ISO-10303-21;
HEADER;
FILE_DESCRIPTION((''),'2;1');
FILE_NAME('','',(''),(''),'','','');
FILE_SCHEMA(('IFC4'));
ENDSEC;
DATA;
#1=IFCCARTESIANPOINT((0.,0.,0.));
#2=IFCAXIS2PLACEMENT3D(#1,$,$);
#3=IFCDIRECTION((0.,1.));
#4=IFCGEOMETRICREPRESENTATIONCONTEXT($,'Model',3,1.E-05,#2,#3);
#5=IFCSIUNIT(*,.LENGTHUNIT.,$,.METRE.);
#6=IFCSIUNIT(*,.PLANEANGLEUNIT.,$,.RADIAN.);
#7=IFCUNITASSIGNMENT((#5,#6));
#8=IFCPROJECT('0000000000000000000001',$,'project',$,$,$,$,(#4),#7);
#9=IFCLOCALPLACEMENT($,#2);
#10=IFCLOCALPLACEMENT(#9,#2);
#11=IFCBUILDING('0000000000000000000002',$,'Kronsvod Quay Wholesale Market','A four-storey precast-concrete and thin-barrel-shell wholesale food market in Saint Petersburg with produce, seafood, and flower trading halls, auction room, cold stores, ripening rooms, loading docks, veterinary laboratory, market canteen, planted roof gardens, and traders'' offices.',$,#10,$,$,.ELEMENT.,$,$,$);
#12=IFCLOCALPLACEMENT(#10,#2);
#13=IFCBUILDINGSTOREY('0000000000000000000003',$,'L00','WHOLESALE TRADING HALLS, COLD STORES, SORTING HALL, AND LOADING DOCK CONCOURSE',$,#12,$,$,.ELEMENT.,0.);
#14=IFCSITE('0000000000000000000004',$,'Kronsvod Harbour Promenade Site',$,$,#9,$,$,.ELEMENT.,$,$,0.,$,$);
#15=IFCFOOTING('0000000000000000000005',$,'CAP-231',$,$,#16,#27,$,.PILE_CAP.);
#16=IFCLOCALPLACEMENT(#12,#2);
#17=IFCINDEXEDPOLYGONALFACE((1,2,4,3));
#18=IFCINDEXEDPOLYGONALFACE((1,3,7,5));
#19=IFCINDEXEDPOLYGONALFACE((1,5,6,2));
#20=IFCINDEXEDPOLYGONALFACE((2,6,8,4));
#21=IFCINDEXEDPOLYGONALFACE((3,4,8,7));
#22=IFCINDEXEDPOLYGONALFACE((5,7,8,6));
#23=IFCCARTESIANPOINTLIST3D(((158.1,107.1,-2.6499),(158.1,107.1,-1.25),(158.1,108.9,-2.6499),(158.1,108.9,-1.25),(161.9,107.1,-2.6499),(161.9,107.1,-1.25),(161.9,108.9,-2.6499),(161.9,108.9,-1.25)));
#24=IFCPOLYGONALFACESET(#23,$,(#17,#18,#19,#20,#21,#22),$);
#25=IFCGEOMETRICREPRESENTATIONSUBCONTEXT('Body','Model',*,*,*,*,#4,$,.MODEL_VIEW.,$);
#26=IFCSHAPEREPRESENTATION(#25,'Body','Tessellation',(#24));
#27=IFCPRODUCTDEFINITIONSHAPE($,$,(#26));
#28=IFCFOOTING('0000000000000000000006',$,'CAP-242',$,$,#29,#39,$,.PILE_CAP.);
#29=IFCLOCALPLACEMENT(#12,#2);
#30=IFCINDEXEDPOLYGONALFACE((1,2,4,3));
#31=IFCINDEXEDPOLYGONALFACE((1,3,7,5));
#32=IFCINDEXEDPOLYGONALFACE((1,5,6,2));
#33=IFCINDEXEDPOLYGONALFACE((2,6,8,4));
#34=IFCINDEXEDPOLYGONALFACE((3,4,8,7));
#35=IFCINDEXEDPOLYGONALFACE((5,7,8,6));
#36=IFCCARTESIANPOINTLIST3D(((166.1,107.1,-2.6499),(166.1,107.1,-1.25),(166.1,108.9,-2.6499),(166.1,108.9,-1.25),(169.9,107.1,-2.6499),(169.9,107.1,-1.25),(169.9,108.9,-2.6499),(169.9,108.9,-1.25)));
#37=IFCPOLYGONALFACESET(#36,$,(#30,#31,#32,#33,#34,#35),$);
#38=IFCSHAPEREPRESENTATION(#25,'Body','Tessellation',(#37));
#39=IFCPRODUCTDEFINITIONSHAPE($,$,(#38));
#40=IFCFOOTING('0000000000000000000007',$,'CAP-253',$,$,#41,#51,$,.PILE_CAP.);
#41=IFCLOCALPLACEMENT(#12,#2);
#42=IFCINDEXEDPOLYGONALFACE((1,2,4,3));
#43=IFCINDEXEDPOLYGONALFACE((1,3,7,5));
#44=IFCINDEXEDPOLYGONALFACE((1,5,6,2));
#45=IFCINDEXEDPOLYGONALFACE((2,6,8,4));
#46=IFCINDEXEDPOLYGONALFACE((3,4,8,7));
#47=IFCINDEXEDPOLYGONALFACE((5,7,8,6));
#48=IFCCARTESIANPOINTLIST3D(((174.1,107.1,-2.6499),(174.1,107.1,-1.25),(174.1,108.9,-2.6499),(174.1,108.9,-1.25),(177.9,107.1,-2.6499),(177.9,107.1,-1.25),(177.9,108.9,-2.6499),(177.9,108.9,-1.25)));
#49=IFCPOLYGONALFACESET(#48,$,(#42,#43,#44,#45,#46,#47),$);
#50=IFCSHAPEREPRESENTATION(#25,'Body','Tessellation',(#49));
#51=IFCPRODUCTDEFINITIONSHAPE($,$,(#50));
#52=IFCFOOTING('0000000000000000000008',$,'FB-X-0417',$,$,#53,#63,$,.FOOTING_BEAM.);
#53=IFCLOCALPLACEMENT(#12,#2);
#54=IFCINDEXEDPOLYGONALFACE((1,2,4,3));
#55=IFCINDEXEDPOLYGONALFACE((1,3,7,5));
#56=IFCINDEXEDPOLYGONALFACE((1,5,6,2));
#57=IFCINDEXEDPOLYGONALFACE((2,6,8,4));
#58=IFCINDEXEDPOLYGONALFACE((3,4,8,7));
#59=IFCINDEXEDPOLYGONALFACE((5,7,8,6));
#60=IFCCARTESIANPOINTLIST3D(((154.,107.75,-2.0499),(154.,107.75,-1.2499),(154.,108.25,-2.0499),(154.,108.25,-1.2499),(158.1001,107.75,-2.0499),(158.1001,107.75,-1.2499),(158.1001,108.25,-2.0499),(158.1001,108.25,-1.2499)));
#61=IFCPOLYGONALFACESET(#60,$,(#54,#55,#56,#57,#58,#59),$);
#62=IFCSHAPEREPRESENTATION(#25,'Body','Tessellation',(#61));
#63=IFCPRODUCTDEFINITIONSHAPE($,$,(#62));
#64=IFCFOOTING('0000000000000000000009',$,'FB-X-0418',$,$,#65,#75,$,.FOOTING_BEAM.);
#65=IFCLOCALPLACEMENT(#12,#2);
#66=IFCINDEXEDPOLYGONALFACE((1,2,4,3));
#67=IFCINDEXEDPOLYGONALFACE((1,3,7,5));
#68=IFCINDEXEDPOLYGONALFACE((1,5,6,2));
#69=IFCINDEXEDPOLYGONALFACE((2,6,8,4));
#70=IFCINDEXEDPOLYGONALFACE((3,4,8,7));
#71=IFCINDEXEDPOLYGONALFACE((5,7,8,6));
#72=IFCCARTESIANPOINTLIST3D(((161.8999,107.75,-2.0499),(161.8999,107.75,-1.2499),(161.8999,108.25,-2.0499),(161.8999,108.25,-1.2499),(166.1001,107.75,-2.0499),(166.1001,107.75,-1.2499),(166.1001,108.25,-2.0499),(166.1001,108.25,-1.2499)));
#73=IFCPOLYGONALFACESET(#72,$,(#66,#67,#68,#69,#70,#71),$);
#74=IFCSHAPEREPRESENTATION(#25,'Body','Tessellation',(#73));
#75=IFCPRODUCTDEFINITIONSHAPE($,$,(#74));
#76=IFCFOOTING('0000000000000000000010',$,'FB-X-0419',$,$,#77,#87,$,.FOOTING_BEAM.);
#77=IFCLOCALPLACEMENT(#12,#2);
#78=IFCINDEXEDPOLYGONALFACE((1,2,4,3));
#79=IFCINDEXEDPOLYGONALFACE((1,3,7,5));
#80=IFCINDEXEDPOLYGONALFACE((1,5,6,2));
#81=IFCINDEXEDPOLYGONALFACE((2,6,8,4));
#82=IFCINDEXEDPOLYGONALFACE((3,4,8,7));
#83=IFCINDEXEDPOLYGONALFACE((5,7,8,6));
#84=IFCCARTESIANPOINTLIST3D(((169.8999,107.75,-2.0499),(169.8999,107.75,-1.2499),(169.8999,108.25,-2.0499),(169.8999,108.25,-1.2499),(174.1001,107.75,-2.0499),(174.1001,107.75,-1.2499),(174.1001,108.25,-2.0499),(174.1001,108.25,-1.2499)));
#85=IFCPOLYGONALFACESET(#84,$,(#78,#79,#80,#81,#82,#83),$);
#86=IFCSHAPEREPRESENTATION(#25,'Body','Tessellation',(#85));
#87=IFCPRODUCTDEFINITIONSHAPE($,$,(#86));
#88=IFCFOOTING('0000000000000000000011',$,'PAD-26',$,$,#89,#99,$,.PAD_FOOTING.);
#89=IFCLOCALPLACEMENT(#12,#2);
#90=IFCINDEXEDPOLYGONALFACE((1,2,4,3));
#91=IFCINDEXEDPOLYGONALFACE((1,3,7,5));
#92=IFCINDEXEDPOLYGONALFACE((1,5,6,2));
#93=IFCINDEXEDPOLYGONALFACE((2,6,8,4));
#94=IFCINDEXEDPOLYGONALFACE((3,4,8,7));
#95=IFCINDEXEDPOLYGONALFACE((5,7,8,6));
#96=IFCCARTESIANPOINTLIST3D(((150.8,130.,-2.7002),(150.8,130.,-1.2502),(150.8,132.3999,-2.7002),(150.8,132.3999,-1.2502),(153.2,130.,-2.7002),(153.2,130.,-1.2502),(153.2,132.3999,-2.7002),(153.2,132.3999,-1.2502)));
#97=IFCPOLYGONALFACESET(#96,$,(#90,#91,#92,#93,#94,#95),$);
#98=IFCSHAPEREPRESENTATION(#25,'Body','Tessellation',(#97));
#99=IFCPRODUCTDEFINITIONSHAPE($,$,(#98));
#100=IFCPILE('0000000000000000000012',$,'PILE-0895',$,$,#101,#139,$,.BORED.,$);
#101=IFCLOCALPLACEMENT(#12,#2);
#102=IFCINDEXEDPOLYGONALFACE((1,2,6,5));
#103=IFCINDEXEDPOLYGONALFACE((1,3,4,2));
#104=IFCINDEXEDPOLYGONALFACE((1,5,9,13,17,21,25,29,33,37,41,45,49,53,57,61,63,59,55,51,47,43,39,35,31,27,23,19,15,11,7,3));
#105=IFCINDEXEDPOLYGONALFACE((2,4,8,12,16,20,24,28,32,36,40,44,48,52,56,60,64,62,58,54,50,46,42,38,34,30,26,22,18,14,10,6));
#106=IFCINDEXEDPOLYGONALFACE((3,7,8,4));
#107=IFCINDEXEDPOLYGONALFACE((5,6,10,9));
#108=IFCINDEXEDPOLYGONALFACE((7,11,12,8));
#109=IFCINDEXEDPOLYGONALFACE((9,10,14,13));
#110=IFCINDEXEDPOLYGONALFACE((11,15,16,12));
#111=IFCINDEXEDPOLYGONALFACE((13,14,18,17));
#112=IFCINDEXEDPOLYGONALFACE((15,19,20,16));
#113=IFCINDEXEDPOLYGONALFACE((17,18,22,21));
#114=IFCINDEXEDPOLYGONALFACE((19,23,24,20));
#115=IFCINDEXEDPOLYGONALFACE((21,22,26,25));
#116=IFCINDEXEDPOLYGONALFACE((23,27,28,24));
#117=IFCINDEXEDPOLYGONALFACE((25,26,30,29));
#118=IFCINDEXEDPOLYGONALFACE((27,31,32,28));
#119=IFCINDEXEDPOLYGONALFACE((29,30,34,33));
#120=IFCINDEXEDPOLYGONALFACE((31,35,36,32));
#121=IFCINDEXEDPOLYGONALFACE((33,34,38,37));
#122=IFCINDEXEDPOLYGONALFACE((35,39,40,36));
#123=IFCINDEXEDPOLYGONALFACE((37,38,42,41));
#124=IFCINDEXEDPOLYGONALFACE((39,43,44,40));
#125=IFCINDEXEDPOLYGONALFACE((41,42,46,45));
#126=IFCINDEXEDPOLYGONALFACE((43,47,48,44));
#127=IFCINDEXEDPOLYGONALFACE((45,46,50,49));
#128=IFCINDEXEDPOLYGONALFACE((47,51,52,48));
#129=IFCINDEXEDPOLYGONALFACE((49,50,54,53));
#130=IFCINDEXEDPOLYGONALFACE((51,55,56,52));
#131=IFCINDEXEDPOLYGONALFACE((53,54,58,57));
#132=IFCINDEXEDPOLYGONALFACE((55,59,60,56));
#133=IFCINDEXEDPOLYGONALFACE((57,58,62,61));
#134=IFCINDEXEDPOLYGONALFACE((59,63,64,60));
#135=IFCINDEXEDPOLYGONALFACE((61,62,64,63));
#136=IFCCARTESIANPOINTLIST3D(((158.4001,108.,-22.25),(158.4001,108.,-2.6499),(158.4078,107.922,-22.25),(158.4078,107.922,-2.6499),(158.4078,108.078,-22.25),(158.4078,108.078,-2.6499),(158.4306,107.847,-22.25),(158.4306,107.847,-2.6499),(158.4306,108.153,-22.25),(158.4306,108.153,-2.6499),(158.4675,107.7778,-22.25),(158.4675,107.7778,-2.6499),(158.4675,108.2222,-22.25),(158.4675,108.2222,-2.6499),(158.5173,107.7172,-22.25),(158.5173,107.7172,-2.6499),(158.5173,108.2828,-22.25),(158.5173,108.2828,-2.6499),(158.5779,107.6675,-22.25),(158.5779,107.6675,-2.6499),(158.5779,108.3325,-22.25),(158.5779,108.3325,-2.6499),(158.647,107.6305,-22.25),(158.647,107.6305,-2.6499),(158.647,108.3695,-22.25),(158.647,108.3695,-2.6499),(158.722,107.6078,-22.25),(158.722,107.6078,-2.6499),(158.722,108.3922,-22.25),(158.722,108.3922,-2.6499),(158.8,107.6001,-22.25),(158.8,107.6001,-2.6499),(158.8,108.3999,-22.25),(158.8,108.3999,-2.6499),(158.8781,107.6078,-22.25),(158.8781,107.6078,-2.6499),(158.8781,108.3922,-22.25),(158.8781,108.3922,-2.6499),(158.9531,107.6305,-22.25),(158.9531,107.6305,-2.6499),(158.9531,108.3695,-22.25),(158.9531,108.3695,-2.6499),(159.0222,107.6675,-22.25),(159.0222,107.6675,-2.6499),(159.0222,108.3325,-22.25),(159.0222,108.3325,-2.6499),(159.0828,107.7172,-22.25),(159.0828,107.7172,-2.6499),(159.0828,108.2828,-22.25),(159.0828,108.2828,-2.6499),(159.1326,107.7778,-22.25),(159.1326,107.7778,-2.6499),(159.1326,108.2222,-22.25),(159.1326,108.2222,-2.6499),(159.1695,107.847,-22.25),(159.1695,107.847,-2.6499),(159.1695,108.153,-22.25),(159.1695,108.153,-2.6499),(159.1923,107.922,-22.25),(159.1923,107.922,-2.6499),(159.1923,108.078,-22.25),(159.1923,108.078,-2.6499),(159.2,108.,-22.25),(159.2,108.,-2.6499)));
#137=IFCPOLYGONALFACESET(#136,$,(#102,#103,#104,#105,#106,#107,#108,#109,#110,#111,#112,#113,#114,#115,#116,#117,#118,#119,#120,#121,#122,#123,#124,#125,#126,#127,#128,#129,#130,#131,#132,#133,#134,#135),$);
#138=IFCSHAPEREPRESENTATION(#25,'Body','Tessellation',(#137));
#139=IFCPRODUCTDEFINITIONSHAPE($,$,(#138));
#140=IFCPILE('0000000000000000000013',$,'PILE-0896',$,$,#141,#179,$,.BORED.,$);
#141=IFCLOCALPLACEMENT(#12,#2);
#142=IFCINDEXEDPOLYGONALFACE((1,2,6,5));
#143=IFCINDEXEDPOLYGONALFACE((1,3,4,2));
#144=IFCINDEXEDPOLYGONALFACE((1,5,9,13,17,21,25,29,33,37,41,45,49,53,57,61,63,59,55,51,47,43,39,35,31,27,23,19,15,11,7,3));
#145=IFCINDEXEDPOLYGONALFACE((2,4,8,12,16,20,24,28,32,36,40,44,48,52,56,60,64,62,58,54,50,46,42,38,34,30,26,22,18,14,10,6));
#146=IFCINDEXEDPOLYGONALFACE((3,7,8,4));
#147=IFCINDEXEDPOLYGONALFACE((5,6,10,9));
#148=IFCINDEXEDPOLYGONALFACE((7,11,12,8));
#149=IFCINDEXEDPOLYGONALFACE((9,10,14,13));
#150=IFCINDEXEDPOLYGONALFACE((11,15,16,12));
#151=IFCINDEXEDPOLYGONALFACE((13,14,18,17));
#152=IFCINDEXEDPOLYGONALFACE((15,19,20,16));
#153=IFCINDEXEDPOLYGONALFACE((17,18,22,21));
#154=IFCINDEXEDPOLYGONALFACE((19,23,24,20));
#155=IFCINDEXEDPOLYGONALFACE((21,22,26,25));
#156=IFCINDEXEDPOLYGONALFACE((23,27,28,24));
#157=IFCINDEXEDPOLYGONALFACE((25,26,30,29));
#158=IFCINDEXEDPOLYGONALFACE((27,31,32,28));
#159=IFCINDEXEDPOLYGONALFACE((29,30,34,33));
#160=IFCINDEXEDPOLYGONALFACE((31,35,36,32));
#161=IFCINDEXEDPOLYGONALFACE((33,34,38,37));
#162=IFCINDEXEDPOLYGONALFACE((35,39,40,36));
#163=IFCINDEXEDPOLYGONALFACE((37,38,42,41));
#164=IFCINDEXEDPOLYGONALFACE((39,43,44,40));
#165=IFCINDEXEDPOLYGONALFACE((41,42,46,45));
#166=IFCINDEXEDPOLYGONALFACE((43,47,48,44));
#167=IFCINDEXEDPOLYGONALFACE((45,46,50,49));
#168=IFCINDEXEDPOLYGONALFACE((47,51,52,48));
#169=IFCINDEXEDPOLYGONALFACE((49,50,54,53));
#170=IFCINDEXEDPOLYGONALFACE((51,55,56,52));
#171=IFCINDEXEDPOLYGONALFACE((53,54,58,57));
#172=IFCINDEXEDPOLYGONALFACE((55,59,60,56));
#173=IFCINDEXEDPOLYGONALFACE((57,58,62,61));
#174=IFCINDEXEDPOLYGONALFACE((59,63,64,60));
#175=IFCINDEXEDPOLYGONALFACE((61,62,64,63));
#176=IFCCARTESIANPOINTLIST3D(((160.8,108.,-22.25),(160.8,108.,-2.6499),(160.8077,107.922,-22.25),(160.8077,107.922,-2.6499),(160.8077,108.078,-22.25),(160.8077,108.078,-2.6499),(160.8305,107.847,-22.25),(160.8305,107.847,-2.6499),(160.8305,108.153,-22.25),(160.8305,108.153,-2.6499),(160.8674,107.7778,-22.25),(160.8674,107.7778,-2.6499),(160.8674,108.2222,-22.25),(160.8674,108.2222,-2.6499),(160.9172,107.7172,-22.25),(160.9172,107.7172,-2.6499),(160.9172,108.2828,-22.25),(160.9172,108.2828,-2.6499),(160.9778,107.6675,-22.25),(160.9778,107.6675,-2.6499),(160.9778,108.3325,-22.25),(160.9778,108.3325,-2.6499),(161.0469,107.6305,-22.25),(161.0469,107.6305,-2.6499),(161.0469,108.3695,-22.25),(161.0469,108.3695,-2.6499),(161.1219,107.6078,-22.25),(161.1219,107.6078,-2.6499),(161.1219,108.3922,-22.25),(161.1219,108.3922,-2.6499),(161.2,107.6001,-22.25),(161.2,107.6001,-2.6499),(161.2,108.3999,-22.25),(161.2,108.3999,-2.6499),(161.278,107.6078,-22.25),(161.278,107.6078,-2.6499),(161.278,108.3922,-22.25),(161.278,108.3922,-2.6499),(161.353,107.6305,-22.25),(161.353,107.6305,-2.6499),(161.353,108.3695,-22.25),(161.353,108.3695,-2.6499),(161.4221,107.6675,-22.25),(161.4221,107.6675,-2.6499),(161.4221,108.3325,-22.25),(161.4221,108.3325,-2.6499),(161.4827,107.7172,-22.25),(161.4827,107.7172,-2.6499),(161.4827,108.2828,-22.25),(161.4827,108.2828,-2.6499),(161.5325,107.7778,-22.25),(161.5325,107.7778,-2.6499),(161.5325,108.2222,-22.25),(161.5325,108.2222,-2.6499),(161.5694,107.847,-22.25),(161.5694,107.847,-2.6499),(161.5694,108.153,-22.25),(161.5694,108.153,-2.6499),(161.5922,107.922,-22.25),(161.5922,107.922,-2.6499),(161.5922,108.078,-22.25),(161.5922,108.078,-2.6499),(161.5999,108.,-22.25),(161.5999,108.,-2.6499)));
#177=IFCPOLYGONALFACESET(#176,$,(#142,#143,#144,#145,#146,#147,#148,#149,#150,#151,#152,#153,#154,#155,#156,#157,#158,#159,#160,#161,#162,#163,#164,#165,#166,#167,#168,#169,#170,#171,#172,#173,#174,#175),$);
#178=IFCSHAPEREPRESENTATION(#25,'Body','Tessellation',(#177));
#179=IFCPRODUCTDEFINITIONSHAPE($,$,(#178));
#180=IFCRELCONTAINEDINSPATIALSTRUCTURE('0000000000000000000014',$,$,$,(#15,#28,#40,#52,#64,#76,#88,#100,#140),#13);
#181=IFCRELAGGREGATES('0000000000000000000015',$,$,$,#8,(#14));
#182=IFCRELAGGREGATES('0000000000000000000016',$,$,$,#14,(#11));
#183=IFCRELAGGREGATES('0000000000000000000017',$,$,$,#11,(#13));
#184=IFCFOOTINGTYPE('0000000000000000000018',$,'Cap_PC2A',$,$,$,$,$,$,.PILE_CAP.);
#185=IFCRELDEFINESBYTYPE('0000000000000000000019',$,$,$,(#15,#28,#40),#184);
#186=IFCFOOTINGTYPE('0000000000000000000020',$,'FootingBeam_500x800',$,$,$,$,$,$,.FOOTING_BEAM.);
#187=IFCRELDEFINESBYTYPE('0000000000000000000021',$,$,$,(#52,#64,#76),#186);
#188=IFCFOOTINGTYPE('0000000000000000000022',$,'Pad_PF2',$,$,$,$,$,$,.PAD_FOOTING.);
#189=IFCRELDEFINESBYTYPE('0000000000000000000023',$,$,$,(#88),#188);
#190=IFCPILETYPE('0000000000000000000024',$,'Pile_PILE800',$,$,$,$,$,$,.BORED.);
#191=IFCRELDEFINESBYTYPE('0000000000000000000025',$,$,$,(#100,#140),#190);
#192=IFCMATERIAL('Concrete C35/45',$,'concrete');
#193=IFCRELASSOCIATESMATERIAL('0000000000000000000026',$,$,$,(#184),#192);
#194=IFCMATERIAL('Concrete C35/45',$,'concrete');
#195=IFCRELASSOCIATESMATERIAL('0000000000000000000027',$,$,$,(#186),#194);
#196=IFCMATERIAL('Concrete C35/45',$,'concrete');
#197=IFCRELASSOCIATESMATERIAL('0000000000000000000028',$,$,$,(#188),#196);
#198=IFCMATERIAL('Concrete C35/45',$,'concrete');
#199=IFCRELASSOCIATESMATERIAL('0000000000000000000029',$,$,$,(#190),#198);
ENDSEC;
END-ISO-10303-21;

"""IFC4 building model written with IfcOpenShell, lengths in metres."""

from ifc_helpers import new_model, si_unit, direction, frame, origin, origin_2d, place, context, subcontext, project, spatial, rectangle, circle, extrude, material, material_profile, profile_set, type_object, element, save


model = new_model("IFC4")

# Units and contexts
model_context = context("Model", 3, precision=1e-05, world=origin(), true_north=direction((0.0, 1.0)))
body_context = subcontext(model_context, "Body", "Model", "MODEL_VIEW")
ifc_project = project(units=[si_unit("LENGTHUNIT", "METRE"), si_unit("PLANEANGLEUNIT", "RADIAN")], contexts=[model_context])

# Site, building, storey
site_placement = place(None, origin())
site = spatial("IfcSite", under=ifc_project, at=site_placement, Name="Kronsvod Harbour Promenade Site", CompositionType="ELEMENT", RefElevation=0.0)
building_placement = place(site_placement, origin())
building = spatial("IfcBuilding", under=site, at=building_placement, Name="Kronsvod Quay Wholesale Market", Description="A four-storey precast-concrete and thin-barrel-shell wholesale food market in Saint Petersburg with produce, seafood, and flower trading halls, auction room, cold stores, ripening rooms, loading docks, veterinary laboratory, market canteen, planted roof gardens, and traders' offices.", CompositionType="ELEMENT")
storey_placement = place(building_placement, origin())
storey = spatial("IfcBuildingStorey", under=building, at=storey_placement, Name="L00", Description="WHOLESALE TRADING HALLS, COLD STORES, SORTING HALL, AND LOADING DOCK CONCOURSE", CompositionType="ELEMENT", Elevation=0.0)

# Footings
ifc_material_1 = material(Name="Concrete C35/45", Category="concrete")
footing_type_1 = type_object("IfcFootingType", Name="Cap_PC2A", PredefinedType="PILE_CAP", material=ifc_material_1)
for number, where, z_axis, x_axis, name in (
    (1, (160.0, 108.0, -2.6499), (0.0, 0.0, 1.0), (1.0, 0.0, 0.0), "CAP-231"),
    (2, (168.0, 108.0, -2.6499), (0.0, 0.0, 1.0), (1.0, 0.0, 0.0), "CAP-242"),
    (3, (176.0, 108.0, -2.6499), (0.0, 0.0, 1.0), (1.0, 0.0, 0.0), "CAP-253"),
):
    element("IfcFooting", number, at=place(storey_placement, frame(where, z_axis=z_axis, x_axis=x_axis)), inside=storey, type_object=footing_type_1, Name=name, PredefinedType="PILE_CAP", context=body_context, shape_type="SweptSolid", body=[
        extrude(rectangle(XDim=3.8, YDim=1.8, at=origin_2d()), origin(), (0.0, 0.0, 1.0), 1.3999),
    ])
ifc_material_2 = material(Name="Concrete C35/45", Category="concrete")
ifc_material_profile_1 = material_profile(ifc_material_2, rectangle(XDim=0.5, YDim=0.8, at=origin_2d()), Name="FB-01")
ifc_profile_set_1 = profile_set([ifc_material_profile_1], Name="Concrete C35/45")
footing_type_2 = type_object("IfcFootingType", Name="FootingBeam_500x800", PredefinedType="FOOTING_BEAM", material=ifc_profile_set_1)
footing_1_placement = place(storey_placement, frame((154.0, 108.0, -1.6499), z_axis=(1.0, 0.0, 0.0), x_axis=(0.0, 1.0, 0.0)))
element("IfcFooting", 4, at=footing_1_placement, inside=storey, type_object=footing_type_2, Name="FB-X-0417", PredefinedType="FOOTING_BEAM", context=body_context, shape_type="SweptSolid", body=[
    extrude(rectangle(XDim=0.5, YDim=0.8, at=origin_2d()), origin(), (0.0, 0.0, 1.0), 4.1001),
])
for number, where, z_axis, x_axis, name in (
    (5, (161.8999, 108.0, -1.6499), (1.0, 0.0, 0.0), (0.0, 1.0, 0.0), "FB-X-0418"),
    (6, (169.8999, 108.0, -1.6499), (1.0, 0.0, 0.0), (0.0, 1.0, 0.0), "FB-X-0419"),
):
    element("IfcFooting", number, at=place(storey_placement, frame(where, z_axis=z_axis, x_axis=x_axis)), inside=storey, type_object=footing_type_2, Name=name, PredefinedType="FOOTING_BEAM", context=body_context, shape_type="SweptSolid", body=[
        extrude(rectangle(XDim=0.5, YDim=0.8, at=origin_2d()), origin(), (0.0, 0.0, 1.0), 4.2002),
    ])
ifc_material_3 = material(Name="Concrete C35/45", Category="concrete")
footing_type_3 = type_object("IfcFootingType", Name="Pad_PF2", PredefinedType="PAD_FOOTING", material=ifc_material_3)
footing_2_placement = place(storey_placement, frame((152.0, 131.2, -2.7002), z_axis=(0.0, 0.0, 1.0), x_axis=(1.0, 0.0, 0.0)))
element("IfcFooting", 7, at=footing_2_placement, inside=storey, type_object=footing_type_3, Name="PAD-26", PredefinedType="PAD_FOOTING", context=body_context, shape_type="SweptSolid", body=[
    extrude(rectangle(XDim=2.3999, YDim=2.3999, at=origin_2d()), origin(), (0.0, 0.0, 1.0), 1.45),
])

# Piles
ifc_material_4 = material(Name="Concrete C35/45", Category="concrete")
ifc_material_profile_2 = material_profile(ifc_material_4, circle(Radius=0.3999, at=origin_2d()), Name="PILE800")
ifc_profile_set_2 = profile_set([ifc_material_profile_2], Name="Concrete C35/45")
pile_type_1 = type_object("IfcPileType", Name="Pile_PILE800", PredefinedType="BORED", material=ifc_profile_set_2)
for number, where, z_axis, x_axis, name in (
    (8, (158.8, 108.0, -2.6499), (0.0, 0.0, -1.0), (1.0, 0.0, 0.0), "PILE-0895"),
    (9, (161.2, 108.0, -2.6499), (0.0, 0.0, -1.0), (1.0, 0.0, 0.0), "PILE-0896"),
):
    element("IfcPile", number, at=place(storey_placement, frame(where, z_axis=z_axis, x_axis=x_axis)), inside=storey, type_object=pile_type_1, Name=name, PredefinedType="BORED", context=body_context, shape_type="SweptSolid", body=[
        extrude(circle(Radius=0.3999, at=origin_2d()), origin(), (0.0, 0.0, 1.0), 19.6001),
    ])

save(model, "model.ifc")
